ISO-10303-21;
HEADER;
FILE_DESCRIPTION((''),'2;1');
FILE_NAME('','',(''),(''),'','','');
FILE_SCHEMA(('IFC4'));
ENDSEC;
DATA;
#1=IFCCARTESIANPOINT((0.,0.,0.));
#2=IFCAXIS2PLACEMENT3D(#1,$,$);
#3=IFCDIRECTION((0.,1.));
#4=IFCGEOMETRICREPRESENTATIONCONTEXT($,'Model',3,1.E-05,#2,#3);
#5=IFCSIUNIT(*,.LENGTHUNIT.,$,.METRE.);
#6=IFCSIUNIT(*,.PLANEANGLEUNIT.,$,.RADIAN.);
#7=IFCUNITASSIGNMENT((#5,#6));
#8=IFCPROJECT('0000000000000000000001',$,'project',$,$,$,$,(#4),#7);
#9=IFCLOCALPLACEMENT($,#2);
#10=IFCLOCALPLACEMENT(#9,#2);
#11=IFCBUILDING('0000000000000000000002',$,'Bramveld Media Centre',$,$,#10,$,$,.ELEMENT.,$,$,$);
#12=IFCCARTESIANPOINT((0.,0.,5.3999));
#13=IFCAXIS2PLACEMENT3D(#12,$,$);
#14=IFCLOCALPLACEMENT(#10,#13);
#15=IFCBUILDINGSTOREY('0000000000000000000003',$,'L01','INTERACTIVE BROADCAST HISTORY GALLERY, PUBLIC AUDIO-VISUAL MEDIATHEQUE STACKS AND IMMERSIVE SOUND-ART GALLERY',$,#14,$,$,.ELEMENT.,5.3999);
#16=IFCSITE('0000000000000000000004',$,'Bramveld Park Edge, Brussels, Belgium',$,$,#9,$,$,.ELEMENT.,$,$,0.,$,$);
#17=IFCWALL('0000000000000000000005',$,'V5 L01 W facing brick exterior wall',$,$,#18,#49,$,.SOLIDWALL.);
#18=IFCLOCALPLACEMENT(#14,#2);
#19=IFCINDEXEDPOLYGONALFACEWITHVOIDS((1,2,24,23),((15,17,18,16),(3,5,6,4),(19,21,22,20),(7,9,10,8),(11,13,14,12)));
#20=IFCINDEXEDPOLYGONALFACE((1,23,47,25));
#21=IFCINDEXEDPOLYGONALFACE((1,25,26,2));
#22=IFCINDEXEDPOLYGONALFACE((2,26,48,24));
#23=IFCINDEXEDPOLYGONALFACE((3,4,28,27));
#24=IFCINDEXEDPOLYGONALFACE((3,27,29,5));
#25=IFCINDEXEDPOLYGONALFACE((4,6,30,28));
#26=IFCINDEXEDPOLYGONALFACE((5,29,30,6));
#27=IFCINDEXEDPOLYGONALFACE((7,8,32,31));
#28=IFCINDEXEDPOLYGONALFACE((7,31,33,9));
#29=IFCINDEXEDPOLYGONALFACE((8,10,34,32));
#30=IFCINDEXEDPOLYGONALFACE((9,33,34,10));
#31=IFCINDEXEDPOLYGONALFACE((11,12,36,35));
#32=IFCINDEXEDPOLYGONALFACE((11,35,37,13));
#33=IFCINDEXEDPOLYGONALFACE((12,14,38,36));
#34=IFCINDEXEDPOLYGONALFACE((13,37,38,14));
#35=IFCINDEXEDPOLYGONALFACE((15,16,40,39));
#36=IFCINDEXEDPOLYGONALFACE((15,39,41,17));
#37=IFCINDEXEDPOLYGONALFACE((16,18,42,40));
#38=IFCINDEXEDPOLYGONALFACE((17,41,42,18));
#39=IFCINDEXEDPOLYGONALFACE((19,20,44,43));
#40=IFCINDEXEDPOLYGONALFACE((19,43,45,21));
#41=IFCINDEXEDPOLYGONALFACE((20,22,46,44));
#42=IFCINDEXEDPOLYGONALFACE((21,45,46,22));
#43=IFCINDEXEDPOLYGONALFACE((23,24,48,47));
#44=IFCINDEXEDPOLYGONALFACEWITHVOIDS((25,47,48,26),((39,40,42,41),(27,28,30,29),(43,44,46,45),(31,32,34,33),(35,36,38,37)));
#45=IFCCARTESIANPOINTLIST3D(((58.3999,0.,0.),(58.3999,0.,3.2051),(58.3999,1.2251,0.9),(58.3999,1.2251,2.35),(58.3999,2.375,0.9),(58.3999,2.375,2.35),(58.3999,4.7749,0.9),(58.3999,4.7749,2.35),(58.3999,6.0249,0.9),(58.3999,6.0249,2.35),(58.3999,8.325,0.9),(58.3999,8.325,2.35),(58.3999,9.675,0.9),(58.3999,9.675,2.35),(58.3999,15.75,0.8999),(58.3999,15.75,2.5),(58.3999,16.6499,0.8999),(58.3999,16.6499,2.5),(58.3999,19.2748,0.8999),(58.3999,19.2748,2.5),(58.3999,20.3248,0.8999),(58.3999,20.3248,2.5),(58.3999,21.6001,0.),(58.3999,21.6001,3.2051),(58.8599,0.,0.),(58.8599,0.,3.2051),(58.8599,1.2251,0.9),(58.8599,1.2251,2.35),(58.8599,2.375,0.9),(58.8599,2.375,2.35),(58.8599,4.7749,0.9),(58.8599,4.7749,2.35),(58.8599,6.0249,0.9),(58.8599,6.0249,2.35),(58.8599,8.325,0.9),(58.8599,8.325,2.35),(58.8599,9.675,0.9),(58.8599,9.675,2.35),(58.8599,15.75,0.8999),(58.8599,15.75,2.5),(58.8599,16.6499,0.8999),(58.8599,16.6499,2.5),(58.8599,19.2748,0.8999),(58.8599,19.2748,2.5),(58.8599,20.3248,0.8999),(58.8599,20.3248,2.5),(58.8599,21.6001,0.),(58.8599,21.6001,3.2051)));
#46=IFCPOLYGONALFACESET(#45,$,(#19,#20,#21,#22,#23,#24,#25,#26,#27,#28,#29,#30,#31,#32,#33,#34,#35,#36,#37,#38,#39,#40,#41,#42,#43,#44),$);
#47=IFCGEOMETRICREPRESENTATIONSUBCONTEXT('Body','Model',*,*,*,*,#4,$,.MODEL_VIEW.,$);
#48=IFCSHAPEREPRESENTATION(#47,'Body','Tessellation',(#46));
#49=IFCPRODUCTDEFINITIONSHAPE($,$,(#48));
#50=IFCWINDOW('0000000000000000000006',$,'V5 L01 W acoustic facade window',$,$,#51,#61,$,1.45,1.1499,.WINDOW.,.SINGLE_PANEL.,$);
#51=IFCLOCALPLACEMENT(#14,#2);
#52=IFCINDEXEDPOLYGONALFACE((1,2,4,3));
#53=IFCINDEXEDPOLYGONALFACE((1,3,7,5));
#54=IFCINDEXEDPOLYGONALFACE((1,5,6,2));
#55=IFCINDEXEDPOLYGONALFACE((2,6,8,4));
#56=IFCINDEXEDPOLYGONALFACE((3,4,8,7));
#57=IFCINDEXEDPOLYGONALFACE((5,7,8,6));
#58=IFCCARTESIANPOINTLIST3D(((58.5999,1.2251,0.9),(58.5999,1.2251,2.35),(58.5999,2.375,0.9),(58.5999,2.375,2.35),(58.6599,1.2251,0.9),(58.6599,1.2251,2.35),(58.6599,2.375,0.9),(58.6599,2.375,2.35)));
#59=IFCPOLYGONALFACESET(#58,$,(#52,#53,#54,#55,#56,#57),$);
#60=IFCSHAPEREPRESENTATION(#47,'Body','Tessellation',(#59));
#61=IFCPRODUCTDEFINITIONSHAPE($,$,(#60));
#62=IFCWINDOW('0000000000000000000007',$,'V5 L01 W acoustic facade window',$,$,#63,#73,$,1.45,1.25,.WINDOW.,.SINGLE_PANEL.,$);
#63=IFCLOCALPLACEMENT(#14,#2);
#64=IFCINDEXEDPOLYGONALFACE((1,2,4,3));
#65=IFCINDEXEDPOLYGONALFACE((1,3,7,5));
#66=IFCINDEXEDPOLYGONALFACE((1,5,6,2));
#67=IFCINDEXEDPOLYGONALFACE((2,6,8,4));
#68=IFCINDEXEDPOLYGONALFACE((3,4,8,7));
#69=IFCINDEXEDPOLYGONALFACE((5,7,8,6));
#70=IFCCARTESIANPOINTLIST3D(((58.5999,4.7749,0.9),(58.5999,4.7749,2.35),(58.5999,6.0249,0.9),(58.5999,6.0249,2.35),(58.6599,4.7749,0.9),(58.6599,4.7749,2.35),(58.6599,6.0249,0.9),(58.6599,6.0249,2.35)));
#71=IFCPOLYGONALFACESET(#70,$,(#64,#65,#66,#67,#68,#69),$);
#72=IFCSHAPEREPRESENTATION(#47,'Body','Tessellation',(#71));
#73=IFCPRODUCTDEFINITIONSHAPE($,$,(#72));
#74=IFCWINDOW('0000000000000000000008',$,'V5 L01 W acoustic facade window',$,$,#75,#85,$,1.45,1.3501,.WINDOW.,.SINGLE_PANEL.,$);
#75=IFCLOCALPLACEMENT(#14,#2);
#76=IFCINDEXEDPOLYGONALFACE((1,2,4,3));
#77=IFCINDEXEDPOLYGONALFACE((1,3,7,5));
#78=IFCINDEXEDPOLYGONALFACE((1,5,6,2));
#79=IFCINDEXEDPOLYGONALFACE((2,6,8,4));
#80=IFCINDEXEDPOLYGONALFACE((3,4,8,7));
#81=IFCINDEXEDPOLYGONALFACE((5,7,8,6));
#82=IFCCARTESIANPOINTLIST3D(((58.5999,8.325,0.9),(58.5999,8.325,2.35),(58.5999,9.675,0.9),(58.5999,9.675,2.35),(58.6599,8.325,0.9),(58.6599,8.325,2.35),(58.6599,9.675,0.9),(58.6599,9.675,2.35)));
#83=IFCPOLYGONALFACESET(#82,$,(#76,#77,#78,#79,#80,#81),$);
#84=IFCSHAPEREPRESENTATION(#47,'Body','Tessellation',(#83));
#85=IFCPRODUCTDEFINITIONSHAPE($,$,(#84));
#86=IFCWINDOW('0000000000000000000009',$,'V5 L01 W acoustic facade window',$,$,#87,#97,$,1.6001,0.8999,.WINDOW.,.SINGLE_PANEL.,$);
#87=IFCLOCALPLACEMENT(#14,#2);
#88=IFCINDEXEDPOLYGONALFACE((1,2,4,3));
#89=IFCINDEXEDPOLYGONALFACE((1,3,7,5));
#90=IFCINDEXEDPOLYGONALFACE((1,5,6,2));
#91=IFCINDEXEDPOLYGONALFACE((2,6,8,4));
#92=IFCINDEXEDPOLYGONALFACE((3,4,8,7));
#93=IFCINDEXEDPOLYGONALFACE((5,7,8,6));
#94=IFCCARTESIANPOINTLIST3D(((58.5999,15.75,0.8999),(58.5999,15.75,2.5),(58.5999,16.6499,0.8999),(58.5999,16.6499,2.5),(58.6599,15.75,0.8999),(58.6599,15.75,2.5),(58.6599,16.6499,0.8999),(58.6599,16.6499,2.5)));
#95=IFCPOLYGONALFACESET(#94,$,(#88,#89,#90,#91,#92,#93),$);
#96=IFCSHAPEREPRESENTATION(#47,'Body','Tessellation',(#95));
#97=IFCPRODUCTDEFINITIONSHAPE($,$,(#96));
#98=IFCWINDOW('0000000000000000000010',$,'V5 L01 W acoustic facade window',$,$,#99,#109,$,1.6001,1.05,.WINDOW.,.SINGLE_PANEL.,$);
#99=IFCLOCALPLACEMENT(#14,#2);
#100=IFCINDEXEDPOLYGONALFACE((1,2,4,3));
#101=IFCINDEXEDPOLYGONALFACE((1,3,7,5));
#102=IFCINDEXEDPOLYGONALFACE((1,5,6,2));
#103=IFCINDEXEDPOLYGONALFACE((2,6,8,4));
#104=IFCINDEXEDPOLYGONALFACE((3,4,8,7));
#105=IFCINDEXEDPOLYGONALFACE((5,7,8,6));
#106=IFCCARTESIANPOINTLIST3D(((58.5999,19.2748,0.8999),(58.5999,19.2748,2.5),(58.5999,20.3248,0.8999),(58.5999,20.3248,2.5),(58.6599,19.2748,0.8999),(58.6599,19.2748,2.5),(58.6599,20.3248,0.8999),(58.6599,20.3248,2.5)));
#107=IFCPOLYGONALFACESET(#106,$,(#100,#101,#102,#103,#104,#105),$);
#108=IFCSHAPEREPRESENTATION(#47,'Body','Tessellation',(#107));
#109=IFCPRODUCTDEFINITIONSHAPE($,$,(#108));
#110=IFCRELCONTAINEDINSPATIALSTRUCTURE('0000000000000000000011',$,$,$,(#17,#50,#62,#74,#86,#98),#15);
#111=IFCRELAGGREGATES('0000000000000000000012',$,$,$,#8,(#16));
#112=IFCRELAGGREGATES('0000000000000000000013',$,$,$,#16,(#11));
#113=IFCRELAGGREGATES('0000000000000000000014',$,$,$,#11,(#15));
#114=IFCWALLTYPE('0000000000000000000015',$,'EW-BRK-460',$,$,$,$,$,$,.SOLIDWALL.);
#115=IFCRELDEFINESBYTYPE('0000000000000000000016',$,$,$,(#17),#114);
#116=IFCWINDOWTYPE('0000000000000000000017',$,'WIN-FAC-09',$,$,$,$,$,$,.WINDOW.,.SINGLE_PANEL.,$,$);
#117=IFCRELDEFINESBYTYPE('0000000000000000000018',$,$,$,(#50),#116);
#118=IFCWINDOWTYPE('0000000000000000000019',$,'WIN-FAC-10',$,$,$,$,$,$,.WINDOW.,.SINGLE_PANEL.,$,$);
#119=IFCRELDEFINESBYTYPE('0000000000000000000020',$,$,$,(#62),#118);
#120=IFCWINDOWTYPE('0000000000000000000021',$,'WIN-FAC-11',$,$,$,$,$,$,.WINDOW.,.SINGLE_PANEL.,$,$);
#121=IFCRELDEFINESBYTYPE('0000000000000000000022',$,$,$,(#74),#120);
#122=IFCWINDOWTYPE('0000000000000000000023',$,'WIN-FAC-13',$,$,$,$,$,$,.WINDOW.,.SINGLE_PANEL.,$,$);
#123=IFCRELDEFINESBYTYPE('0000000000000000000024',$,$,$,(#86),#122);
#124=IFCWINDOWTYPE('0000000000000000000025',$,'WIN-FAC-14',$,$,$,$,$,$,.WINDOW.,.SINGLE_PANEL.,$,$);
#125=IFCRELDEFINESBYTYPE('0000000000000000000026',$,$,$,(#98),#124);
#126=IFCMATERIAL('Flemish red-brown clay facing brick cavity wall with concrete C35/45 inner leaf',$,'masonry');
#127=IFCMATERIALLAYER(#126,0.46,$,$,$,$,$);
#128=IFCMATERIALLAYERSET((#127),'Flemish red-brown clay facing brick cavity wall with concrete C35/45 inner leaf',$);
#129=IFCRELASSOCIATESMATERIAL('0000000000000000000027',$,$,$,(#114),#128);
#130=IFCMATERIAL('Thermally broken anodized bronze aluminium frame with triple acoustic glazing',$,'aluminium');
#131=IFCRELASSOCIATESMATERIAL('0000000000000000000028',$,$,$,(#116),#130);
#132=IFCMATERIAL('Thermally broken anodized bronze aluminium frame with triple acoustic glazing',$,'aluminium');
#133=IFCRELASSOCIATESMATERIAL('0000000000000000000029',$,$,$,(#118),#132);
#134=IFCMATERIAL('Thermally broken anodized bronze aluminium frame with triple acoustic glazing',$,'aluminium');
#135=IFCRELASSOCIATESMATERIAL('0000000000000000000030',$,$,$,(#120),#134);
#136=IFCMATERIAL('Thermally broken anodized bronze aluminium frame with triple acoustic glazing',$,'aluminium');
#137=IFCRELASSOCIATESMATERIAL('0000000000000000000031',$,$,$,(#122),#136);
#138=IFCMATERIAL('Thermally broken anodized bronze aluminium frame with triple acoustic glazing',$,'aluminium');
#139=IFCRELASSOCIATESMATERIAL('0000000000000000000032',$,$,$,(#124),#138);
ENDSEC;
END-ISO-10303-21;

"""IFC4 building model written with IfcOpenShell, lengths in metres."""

from ifc_helpers import new_model, si_unit, direction, frame, frame_2d, origin, place, context, subcontext, project, spatial, rectangle, extrude, material, layer, layer_set, type_object, element, fill, save


model = new_model("IFC4")

# Units and contexts
model_context = context("Model", 3, precision=1e-05, world=origin(), true_north=direction((0.0, 1.0)))
body_context = subcontext(model_context, "Body", "Model", "MODEL_VIEW")
ifc_project = project(units=[si_unit("LENGTHUNIT", "METRE"), si_unit("PLANEANGLEUNIT", "RADIAN")], contexts=[model_context])

# Site, building, storey
site_placement = place(None, origin())
site = spatial("IfcSite", under=ifc_project, at=site_placement, Name="Bramveld Park Edge, Brussels, Belgium", CompositionType="ELEMENT", RefElevation=0.0)
building_placement = place(site_placement, origin())
building = spatial("IfcBuilding", under=site, at=building_placement, Name="Bramveld Media Centre", CompositionType="ELEMENT")
storey_placement = place(building_placement, frame((0.0, 0.0, 5.3999)))
storey = spatial("IfcBuildingStorey", under=building, at=storey_placement, Name="L01", Description="INTERACTIVE BROADCAST HISTORY GALLERY, PUBLIC AUDIO-VISUAL MEDIATHEQUE STACKS AND IMMERSIVE SOUND-ART GALLERY", CompositionType="ELEMENT", Elevation=5.3999)

# Wall, openings, windows
ifc_material_1 = material(Name="Flemish red-brown clay facing brick cavity wall with concrete C35/45 inner leaf", Category="masonry")
ifc_layer_1 = layer(ifc_material_1, 0.46)
ifc_layer_set_1 = layer_set([ifc_layer_1], Name="Flemish red-brown clay facing brick cavity wall with concrete C35/45 inner leaf")
wall_type_1 = type_object("IfcWallType", Name="EW-BRK-460", PredefinedType="SOLIDWALL", material=ifc_layer_set_1)
wall_1_placement = place(storey_placement, frame((58.6299, 0.0, 0.0), z_axis=(0.0, 0.0, 1.0), x_axis=(0.0, 1.0, 0.0)))
wall_1 = element("IfcWall", 1, at=wall_1_placement, inside=storey, type_object=wall_type_1, Name="V5 L01 W facing brick exterior wall", PredefinedType="SOLIDWALL", context=body_context, shape_type="SweptSolid", body=[
    extrude(rectangle(XDim=21.6001, YDim=0.46, at=frame_2d((10.8, 0.0))), origin(), (0.0, 0.0, 1.0), 3.2051),
])
opening_1_placement = place(wall_1_placement, frame((1.2251, 0.0, 0.8999)))
opening_1 = element("IfcOpeningElement", 2, at=opening_1_placement, cuts=wall_1, PredefinedType="OPENING", context=body_context, shape_type="SweptSolid", body=[
    extrude(rectangle(XDim=1.1499, YDim=1.45, at=frame_2d((0.575, 0.7251))), frame((0.0, 0.2419, 0.0), z_axis=(0.0, -1.0, 0.0), x_axis=(1.0, 0.0, 0.0)), (0.0, 0.0, 1.0), 0.4839),
])
opening_2_placement = place(wall_1_placement, frame((4.7749, 0.0, 0.8999)))
opening_2 = element("IfcOpeningElement", 3, at=opening_2_placement, cuts=wall_1, PredefinedType="OPENING", context=body_context, shape_type="SweptSolid", body=[
    extrude(rectangle(XDim=1.25, YDim=1.45, at=frame_2d((0.625, 0.7251))), frame((0.0, 0.2419, 0.0), z_axis=(0.0, -1.0, 0.0), x_axis=(1.0, 0.0, 0.0)), (0.0, 0.0, 1.0), 0.4839),
])
opening_3_placement = place(wall_1_placement, frame((8.325, 0.0, 0.8999)))
opening_3 = element("IfcOpeningElement", 4, at=opening_3_placement, cuts=wall_1, PredefinedType="OPENING", context=body_context, shape_type="SweptSolid", body=[
    extrude(rectangle(XDim=1.3501, YDim=1.45, at=frame_2d((0.675, 0.7251))), frame((0.0, 0.2419, 0.0), z_axis=(0.0, -1.0, 0.0), x_axis=(1.0, 0.0, 0.0)), (0.0, 0.0, 1.0), 0.4839),
])
opening_4_placement = place(wall_1_placement, frame((15.75, 0.0, 0.8999)))
opening_4 = element("IfcOpeningElement", 5, at=opening_4_placement, cuts=wall_1, PredefinedType="OPENING", context=body_context, shape_type="SweptSolid", body=[
    extrude(rectangle(XDim=0.8999, YDim=1.6001, at=frame_2d((0.45, 0.8))), frame((0.0, 0.2419, 0.0), z_axis=(0.0, -1.0, 0.0), x_axis=(1.0, 0.0, 0.0)), (0.0, 0.0, 1.0), 0.4839),
])
opening_5_placement = place(wall_1_placement, frame((19.2749, 0.0, 0.8999)))
opening_5 = element("IfcOpeningElement", 6, at=opening_5_placement, cuts=wall_1, PredefinedType="OPENING", context=body_context, shape_type="SweptSolid", body=[
    extrude(rectangle(XDim=1.05, YDim=1.6001, at=frame_2d((0.5249, 0.8))), frame((0.0, 0.2419, 0.0), z_axis=(0.0, -1.0, 0.0), x_axis=(1.0, 0.0, 0.0)), (0.0, 0.0, 1.0), 0.4839),
])
ifc_material_2 = material(Name="Thermally broken anodized bronze aluminium frame with triple acoustic glazing", Category="aluminium")
window_type_1 = type_object("IfcWindowType", Name="WIN-FAC-09", PartitioningType="SINGLE_PANEL", PredefinedType="WINDOW", material=ifc_material_2)
window_1_placement = place(opening_1_placement, origin())
window_1 = element("IfcWindow", 7, at=window_1_placement, inside=storey, type_object=window_type_1, Name="V5 L01 W acoustic facade window", OverallHeight=1.45, OverallWidth=1.1499, PartitioningType="SINGLE_PANEL", PredefinedType="WINDOW", context=body_context, shape_type="SweptSolid", body=[
    extrude(rectangle(XDim=1.1499, YDim=1.45, at=frame_2d((0.575, 0.7251))), frame((0.0, 0.03, 0.0), z_axis=(0.0, -1.0, 0.0), x_axis=(1.0, 0.0, 0.0)), (0.0, 0.0, 1.0), 0.0601),
])
fill(opening_1, window_1)
ifc_material_3 = material(Name="Thermally broken anodized bronze aluminium frame with triple acoustic glazing", Category="aluminium")
window_type_2 = type_object("IfcWindowType", Name="WIN-FAC-10", PartitioningType="SINGLE_PANEL", PredefinedType="WINDOW", material=ifc_material_3)
window_2_placement = place(opening_2_placement, origin())
window_2 = element("IfcWindow", 8, at=window_2_placement, inside=storey, type_object=window_type_2, Name="V5 L01 W acoustic facade window", OverallHeight=1.45, OverallWidth=1.25, PartitioningType="SINGLE_PANEL", PredefinedType="WINDOW", context=body_context, shape_type="SweptSolid", body=[
    extrude(rectangle(XDim=1.25, YDim=1.45, at=frame_2d((0.625, 0.7251))), frame((0.0, 0.03, 0.0), z_axis=(0.0, -1.0, 0.0), x_axis=(1.0, 0.0, 0.0)), (0.0, 0.0, 1.0), 0.0601),
])
fill(opening_2, window_2)
ifc_material_4 = material(Name="Thermally broken anodized bronze aluminium frame with triple acoustic glazing", Category="aluminium")
window_type_3 = type_object("IfcWindowType", Name="WIN-FAC-11", PartitioningType="SINGLE_PANEL", PredefinedType="WINDOW", material=ifc_material_4)
window_3_placement = place(opening_3_placement, origin())
window_3 = element("IfcWindow", 9, at=window_3_placement, inside=storey, type_object=window_type_3, Name="V5 L01 W acoustic facade window", OverallHeight=1.45, OverallWidth=1.3501, PartitioningType="SINGLE_PANEL", PredefinedType="WINDOW", context=body_context, shape_type="SweptSolid", body=[
    extrude(rectangle(XDim=1.3501, YDim=1.45, at=frame_2d((0.675, 0.7251))), frame((0.0, 0.03, 0.0), z_axis=(0.0, -1.0, 0.0), x_axis=(1.0, 0.0, 0.0)), (0.0, 0.0, 1.0), 0.0601),
])
fill(opening_3, window_3)
ifc_material_5 = material(Name="Thermally broken anodized bronze aluminium frame with triple acoustic glazing", Category="aluminium")
window_type_4 = type_object("IfcWindowType", Name="WIN-FAC-13", PartitioningType="SINGLE_PANEL", PredefinedType="WINDOW", material=ifc_material_5)
window_4_placement = place(opening_4_placement, origin())
window_4 = element("IfcWindow", 10, at=window_4_placement, inside=storey, type_object=window_type_4, Name="V5 L01 W acoustic facade window", OverallHeight=1.6001, OverallWidth=0.8999, PartitioningType="SINGLE_PANEL", PredefinedType="WINDOW", context=body_context, shape_type="SweptSolid", body=[
    extrude(rectangle(XDim=0.8999, YDim=1.6001, at=frame_2d((0.45, 0.8))), frame((0.0, 0.03, 0.0), z_axis=(0.0, -1.0, 0.0), x_axis=(1.0, 0.0, 0.0)), (0.0, 0.0, 1.0), 0.0601),
])
fill(opening_4, window_4)
ifc_material_6 = material(Name="Thermally broken anodized bronze aluminium frame with triple acoustic glazing", Category="aluminium")
window_type_5 = type_object("IfcWindowType", Name="WIN-FAC-14", PartitioningType="SINGLE_PANEL", PredefinedType="WINDOW", material=ifc_material_6)
window_5_placement = place(opening_5_placement, origin())
window_5 = element("IfcWindow", 11, at=window_5_placement, inside=storey, type_object=window_type_5, Name="V5 L01 W acoustic facade window", OverallHeight=1.6001, OverallWidth=1.05, PartitioningType="SINGLE_PANEL", PredefinedType="WINDOW", context=body_context, shape_type="SweptSolid", body=[
    extrude(rectangle(XDim=1.05, YDim=1.6001, at=frame_2d((0.5249, 0.8))), frame((0.0, 0.03, 0.0), z_axis=(0.0, -1.0, 0.0), x_axis=(1.0, 0.0, 0.0)), (0.0, 0.0, 1.0), 0.0601),
])
fill(opening_5, window_5)

save(model, "model.ifc")
